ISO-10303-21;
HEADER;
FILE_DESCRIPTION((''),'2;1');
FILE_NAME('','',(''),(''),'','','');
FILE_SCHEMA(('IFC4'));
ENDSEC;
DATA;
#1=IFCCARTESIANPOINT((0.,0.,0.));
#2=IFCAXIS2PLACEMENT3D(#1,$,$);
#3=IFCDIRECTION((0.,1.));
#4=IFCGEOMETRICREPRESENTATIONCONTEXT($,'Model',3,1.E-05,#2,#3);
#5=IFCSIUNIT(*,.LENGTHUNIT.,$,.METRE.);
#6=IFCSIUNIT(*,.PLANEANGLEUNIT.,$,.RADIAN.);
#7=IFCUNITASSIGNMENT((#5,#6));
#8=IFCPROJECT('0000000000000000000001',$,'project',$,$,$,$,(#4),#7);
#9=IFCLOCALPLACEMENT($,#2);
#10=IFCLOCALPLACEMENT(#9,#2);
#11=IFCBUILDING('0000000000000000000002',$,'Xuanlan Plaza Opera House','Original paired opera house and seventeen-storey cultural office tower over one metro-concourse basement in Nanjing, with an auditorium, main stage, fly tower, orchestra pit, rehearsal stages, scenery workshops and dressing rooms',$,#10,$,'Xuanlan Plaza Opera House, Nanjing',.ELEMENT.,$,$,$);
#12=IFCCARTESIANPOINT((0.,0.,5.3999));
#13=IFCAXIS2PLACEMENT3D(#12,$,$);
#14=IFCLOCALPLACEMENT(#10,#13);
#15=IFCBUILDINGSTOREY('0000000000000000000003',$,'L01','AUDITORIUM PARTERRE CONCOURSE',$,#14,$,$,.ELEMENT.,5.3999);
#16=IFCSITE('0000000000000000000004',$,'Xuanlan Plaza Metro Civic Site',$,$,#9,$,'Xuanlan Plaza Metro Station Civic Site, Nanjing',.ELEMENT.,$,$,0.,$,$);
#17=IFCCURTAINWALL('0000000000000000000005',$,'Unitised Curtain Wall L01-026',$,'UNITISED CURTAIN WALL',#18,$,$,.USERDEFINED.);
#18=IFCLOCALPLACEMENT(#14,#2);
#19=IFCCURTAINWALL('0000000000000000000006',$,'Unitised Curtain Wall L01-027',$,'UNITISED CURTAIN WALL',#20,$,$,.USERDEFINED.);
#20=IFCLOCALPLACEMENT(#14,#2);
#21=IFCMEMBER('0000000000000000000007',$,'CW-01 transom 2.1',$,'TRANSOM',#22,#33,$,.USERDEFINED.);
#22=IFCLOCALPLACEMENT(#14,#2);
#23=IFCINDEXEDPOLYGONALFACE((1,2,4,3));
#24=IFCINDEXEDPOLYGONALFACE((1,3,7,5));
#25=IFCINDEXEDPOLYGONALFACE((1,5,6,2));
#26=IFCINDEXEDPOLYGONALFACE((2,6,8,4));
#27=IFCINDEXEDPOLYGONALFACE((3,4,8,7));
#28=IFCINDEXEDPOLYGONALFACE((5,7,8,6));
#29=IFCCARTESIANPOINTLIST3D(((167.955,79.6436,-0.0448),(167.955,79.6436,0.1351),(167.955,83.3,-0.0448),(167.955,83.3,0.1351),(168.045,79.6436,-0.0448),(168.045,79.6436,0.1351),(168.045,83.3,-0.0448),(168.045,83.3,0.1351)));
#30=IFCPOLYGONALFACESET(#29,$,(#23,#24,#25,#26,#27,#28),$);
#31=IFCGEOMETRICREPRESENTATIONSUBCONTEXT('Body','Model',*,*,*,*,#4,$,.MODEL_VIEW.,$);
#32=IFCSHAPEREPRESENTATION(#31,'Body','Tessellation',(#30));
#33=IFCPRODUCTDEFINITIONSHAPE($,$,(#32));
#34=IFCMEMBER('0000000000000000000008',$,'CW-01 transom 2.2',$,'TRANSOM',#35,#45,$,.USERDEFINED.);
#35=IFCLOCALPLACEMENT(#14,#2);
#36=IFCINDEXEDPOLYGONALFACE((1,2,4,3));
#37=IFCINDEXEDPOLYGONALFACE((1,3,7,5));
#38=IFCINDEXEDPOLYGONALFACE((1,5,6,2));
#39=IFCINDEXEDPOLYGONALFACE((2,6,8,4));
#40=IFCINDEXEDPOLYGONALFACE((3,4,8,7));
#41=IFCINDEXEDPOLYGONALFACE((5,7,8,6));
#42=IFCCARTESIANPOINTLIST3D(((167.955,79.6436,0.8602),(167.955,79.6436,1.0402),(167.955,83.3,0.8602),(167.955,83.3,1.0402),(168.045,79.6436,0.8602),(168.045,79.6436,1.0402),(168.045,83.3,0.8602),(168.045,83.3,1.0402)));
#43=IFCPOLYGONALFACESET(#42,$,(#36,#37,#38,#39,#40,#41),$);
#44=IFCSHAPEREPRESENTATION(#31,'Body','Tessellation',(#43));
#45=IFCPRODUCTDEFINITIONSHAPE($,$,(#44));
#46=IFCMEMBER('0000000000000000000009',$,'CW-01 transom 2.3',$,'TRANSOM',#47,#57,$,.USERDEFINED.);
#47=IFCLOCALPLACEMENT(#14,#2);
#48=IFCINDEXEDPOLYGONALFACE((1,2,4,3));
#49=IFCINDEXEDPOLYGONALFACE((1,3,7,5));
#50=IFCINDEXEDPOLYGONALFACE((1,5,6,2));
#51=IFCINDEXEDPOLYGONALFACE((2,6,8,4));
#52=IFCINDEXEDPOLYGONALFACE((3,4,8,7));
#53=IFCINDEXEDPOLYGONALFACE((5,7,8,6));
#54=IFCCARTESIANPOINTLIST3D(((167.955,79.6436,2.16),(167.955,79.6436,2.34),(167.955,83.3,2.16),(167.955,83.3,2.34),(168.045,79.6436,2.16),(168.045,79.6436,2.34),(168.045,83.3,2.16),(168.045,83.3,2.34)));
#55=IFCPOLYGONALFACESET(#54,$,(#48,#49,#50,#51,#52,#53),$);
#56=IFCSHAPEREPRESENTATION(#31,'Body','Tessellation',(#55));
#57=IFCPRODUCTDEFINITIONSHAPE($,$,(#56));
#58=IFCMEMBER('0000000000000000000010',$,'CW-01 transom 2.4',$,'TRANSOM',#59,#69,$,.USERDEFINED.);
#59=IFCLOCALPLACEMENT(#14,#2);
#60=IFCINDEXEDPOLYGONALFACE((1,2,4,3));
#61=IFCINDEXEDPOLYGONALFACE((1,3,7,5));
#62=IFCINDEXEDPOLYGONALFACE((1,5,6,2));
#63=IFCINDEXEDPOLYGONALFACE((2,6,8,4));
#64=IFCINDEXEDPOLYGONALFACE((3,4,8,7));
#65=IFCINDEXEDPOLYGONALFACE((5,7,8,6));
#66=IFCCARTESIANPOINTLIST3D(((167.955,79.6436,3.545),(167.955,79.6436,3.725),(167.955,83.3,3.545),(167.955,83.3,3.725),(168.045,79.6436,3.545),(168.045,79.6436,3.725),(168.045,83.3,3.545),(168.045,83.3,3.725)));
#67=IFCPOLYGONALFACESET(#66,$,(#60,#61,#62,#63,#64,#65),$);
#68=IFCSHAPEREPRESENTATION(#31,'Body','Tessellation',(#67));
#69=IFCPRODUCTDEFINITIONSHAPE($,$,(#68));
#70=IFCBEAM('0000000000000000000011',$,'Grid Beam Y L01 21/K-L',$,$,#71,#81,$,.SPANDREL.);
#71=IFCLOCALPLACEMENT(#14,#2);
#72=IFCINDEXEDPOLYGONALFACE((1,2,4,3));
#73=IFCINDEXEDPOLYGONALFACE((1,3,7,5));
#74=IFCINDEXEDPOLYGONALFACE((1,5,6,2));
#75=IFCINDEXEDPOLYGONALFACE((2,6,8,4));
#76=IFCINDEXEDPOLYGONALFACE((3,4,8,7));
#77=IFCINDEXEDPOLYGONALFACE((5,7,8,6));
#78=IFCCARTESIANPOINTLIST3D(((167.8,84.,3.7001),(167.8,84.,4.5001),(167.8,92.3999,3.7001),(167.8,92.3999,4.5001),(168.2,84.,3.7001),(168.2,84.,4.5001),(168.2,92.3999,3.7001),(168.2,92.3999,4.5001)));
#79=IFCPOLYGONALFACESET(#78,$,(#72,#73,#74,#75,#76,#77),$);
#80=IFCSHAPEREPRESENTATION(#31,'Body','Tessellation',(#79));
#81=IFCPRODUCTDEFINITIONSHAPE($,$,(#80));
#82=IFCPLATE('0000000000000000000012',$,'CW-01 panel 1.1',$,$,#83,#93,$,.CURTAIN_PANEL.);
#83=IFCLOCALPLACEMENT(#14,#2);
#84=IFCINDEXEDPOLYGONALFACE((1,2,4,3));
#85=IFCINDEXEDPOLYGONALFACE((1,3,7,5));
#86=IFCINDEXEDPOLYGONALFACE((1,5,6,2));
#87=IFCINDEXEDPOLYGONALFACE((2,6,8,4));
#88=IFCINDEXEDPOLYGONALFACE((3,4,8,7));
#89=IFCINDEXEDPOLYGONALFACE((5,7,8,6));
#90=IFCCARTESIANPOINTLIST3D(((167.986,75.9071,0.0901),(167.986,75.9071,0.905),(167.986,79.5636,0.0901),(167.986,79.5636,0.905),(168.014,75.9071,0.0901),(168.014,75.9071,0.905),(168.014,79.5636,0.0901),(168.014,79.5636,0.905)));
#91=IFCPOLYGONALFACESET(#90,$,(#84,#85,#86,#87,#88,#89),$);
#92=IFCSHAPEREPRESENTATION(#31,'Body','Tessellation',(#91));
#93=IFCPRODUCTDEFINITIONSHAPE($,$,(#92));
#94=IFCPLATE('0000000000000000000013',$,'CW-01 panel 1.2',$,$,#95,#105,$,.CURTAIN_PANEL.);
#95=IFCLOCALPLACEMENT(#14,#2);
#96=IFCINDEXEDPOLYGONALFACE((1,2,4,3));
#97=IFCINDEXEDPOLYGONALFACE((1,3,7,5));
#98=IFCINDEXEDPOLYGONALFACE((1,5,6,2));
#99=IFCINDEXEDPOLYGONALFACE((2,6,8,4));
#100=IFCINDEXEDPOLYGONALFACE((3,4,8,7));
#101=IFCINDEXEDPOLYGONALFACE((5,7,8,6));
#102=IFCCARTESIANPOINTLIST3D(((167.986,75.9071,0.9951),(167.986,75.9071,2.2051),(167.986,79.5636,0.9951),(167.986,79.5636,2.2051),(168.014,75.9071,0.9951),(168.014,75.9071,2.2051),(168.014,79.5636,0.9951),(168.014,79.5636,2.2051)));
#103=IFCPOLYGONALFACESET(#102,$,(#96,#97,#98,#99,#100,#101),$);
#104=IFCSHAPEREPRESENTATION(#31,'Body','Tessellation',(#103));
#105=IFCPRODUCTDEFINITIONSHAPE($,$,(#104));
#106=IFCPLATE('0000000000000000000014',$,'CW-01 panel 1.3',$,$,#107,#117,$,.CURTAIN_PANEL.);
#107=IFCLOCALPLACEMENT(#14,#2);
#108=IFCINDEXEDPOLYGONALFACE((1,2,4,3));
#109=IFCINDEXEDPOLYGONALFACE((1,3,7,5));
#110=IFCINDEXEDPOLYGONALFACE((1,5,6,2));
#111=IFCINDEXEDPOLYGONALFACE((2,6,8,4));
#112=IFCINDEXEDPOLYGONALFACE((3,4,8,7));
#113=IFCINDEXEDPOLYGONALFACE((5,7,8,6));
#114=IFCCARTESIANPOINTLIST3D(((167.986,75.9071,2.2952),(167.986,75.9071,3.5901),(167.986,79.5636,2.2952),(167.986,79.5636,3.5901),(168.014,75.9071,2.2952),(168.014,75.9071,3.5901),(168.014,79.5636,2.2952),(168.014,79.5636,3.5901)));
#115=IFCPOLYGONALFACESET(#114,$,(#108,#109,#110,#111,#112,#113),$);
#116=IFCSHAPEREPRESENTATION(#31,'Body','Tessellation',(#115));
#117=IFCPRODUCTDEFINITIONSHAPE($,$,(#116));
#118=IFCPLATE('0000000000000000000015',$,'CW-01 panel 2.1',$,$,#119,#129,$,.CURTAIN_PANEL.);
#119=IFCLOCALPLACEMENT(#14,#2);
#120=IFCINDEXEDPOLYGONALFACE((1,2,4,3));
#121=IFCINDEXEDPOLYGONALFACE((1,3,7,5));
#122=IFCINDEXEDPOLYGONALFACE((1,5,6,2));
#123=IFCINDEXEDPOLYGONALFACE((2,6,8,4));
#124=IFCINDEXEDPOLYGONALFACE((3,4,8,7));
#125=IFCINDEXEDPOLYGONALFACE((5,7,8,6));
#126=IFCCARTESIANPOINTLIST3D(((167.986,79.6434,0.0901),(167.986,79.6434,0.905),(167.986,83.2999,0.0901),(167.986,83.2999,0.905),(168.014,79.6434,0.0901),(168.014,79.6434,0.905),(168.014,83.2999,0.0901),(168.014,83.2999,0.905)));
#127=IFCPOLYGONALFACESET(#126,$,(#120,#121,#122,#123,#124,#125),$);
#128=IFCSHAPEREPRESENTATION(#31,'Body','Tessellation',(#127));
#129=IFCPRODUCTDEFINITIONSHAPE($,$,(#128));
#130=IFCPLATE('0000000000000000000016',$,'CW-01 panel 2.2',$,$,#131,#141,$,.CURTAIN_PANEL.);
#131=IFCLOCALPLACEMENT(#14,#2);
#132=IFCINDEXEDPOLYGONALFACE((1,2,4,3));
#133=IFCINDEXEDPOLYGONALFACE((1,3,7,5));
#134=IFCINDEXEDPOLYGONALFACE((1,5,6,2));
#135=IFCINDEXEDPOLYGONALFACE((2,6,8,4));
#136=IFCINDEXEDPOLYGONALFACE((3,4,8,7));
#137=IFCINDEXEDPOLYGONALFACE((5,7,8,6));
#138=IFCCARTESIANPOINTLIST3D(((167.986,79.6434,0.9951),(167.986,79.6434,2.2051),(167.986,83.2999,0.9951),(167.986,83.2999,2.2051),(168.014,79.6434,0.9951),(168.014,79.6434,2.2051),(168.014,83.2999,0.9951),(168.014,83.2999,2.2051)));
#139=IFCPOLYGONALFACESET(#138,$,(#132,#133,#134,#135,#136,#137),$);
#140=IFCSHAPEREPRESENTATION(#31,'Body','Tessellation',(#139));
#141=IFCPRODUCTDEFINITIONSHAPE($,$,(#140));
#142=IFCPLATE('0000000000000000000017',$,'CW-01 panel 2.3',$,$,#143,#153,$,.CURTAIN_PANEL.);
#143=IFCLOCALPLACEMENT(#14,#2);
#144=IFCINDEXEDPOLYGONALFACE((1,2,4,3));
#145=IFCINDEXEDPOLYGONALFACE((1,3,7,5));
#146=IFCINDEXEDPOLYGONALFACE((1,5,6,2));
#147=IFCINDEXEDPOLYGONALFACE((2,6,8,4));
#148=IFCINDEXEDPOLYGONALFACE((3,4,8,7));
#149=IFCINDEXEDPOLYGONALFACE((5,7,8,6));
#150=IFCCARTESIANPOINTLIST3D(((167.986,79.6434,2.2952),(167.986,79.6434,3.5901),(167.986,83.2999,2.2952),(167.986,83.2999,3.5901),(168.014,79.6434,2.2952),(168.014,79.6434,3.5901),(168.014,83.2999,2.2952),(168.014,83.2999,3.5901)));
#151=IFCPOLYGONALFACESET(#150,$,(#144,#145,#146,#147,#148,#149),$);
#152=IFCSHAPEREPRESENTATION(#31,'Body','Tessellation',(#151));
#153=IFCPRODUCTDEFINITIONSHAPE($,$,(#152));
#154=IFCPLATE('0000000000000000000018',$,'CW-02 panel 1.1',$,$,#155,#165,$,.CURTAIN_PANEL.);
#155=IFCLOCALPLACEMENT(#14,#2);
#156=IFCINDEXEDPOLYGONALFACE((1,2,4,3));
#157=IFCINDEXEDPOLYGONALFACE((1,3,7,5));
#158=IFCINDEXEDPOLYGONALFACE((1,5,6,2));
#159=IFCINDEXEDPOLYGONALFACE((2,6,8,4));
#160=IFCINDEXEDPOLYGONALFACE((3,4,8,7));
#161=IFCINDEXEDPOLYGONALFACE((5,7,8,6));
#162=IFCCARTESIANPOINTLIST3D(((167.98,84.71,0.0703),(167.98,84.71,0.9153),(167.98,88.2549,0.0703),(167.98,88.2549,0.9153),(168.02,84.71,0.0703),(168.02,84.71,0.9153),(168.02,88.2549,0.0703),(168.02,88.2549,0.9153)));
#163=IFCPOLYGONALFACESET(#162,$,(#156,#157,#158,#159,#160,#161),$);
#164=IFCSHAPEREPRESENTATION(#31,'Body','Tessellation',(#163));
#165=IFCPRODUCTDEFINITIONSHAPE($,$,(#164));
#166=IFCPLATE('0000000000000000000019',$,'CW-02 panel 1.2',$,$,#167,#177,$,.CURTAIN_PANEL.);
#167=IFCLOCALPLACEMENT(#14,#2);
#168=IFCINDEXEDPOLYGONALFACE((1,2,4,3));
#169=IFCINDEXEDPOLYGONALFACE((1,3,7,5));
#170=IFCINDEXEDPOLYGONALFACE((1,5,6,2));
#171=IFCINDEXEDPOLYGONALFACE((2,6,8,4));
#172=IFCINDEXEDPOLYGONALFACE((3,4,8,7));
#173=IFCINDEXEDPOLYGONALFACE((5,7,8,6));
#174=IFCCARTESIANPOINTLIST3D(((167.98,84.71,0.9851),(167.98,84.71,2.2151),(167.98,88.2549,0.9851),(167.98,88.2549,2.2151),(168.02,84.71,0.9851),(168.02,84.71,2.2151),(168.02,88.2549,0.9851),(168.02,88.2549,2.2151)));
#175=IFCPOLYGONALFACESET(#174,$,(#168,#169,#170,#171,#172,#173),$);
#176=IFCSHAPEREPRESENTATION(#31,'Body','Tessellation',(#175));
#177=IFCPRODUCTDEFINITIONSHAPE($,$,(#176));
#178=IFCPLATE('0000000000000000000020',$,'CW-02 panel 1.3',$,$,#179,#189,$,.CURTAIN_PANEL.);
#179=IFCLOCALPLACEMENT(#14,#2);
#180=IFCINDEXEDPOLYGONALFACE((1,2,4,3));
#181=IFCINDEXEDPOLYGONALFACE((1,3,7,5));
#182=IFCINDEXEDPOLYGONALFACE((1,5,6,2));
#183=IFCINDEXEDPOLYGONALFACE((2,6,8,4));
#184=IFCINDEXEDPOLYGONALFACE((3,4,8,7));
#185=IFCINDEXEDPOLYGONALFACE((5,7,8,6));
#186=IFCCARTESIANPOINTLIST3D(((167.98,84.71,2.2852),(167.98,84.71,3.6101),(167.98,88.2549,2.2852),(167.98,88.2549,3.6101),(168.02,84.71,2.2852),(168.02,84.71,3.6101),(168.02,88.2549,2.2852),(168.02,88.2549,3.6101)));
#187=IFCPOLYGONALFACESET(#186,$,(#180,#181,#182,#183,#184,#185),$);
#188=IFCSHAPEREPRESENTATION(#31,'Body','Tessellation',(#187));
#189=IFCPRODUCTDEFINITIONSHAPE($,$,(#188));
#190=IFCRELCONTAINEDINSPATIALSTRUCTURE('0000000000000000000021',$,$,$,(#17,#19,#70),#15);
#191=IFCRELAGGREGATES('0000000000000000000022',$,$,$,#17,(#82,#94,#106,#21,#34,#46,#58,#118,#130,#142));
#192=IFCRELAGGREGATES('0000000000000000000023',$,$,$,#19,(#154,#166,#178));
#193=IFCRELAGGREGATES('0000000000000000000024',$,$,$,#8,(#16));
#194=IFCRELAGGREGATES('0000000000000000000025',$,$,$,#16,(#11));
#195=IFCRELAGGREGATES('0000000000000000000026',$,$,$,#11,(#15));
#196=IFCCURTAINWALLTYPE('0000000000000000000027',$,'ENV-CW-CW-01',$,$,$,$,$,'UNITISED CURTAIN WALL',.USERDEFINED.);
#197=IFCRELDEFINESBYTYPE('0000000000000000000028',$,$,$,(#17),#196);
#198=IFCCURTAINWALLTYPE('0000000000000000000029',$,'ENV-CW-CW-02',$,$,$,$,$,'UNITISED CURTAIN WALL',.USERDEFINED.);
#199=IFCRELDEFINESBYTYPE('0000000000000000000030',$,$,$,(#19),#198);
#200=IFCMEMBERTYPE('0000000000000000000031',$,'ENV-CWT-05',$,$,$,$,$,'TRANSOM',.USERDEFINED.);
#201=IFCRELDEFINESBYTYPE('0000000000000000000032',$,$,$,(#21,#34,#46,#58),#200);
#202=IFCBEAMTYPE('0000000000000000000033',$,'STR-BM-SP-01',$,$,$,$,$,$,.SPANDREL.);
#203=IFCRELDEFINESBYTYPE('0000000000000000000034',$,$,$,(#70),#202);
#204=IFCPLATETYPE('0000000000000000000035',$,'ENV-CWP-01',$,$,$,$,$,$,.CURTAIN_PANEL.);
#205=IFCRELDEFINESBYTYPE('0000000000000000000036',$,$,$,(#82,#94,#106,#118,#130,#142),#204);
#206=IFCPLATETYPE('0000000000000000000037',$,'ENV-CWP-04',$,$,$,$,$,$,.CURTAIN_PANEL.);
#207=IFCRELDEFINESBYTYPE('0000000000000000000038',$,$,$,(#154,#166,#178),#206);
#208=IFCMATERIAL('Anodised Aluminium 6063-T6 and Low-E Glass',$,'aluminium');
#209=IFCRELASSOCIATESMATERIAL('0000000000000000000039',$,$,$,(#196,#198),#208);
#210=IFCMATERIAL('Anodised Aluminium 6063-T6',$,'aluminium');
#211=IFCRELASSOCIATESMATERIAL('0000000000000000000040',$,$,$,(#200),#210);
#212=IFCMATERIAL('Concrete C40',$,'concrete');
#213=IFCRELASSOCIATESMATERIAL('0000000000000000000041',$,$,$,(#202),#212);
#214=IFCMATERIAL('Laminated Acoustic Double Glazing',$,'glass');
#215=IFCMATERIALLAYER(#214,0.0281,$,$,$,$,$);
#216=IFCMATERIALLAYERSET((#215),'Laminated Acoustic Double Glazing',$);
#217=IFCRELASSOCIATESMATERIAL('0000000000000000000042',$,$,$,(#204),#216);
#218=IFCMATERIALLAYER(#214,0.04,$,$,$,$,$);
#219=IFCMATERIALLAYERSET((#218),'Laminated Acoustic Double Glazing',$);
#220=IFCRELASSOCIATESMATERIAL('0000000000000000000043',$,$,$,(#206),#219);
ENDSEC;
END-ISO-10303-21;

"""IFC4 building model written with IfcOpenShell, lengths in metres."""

from ifc_helpers import new_model, si_unit, direction, frame, origin, origin_2d, place, context, subcontext, project, spatial, rectangle, extrude, material, layer, layer_set, material_profile, profile_set, type_object, element, aggregate, save


model = new_model("IFC4")

# Units and contexts
model_context = context("Model", 3, precision=1e-05, world=origin(), true_north=direction((0.0, 1.0)))
body_context = subcontext(model_context, "Body", "Model", "MODEL_VIEW")
ifc_project = project(units=[si_unit("LENGTHUNIT", "METRE"), si_unit("PLANEANGLEUNIT", "RADIAN")], contexts=[model_context])

# Site, building, storey
site_placement = place(None, origin())
site = spatial("IfcSite", under=ifc_project, at=site_placement, Name="Xuanlan Plaza Metro Civic Site", LongName="Xuanlan Plaza Metro Station Civic Site, Nanjing", CompositionType="ELEMENT", RefElevation=0.0)
building_placement = place(site_placement, origin())
building = spatial("IfcBuilding", under=site, at=building_placement, Name="Xuanlan Plaza Opera House", Description="Original paired opera house and seventeen-storey cultural office tower over one metro-concourse basement in Nanjing, with an auditorium, main stage, fly tower, orchestra pit, rehearsal stages, scenery workshops and dressing rooms", LongName="Xuanlan Plaza Opera House, Nanjing", CompositionType="ELEMENT")
storey_placement = place(building_placement, frame((0.0, 0.0, 5.3999)))
storey = spatial("IfcBuildingStorey", under=building, at=storey_placement, Name="L01", Description="AUDITORIUM PARTERRE CONCOURSE", CompositionType="ELEMENT", Elevation=5.3999)

# Curtain walls
ifc_material_1 = material(Name="Anodised Aluminium 6063-T6 and Low-E Glass", Category="aluminium")
curtain_wall_type_1 = type_object("IfcCurtainWallType", Name="ENV-CW-CW-01", ElementType="UNITISED CURTAIN WALL", PredefinedType="USERDEFINED", material=ifc_material_1)
curtain_wall_1_placement = place(storey_placement, origin())
curtain_wall_1 = element("IfcCurtainWall", 1, at=curtain_wall_1_placement, inside=storey, type_object=curtain_wall_type_1, Name="Unitised Curtain Wall L01-026", ObjectType="UNITISED CURTAIN WALL", PredefinedType="USERDEFINED")
ifc_material_2 = material(Name="Anodised Aluminium 6063-T6", Category="aluminium")
curtain_wall_type_2 = type_object("IfcCurtainWallType", Name="ENV-CW-CW-02", ElementType="UNITISED CURTAIN WALL", PredefinedType="USERDEFINED", material=ifc_material_1)
curtain_wall_2_placement = place(storey_placement, origin())
curtain_wall_2 = element("IfcCurtainWall", 2, at=curtain_wall_2_placement, inside=storey, type_object=curtain_wall_type_2, Name="Unitised Curtain Wall L01-027", ObjectType="UNITISED CURTAIN WALL", PredefinedType="USERDEFINED")

# Members
ifc_material_profile_1 = material_profile(ifc_material_2, rectangle(XDim=0.0901, YDim=0.1799, at=origin_2d()), Name="ALU-T 90x180")
ifc_profile_set_1 = profile_set([ifc_material_profile_1], Name="Anodised Aluminium 6063-T6")
member_type_1 = type_object("IfcMemberType", Name="ENV-CWT-05", ElementType="TRANSOM", PredefinedType="USERDEFINED", material=ifc_profile_set_1)
member_1_placement = place(storey_placement, frame((168.0, 79.6436, 0.0452), z_axis=(0.0, 1.0, 0.0), x_axis=(-1.0, 0.0, 0.0)))
member_1 = element("IfcMember", 3, at=member_1_placement, type_object=member_type_1, Name="CW-01 transom 2.1", ObjectType="TRANSOM", PredefinedType="USERDEFINED", context=body_context, shape_type="SweptSolid", body=[
    extrude(rectangle(XDim=0.0901, YDim=0.1799, at=origin_2d()), origin(), (0.0, 0.0, 1.0), 3.6565),
])
member_2_placement = place(storey_placement, frame((168.0, 79.6436, 0.9502), z_axis=(0.0, 1.0, 0.0), x_axis=(-1.0, 0.0, 0.0)))
member_2 = element("IfcMember", 4, at=member_2_placement, type_object=member_type_1, Name="CW-01 transom 2.2", ObjectType="TRANSOM", PredefinedType="USERDEFINED", context=body_context, shape_type="SweptSolid", body=[
    extrude(rectangle(XDim=0.0901, YDim=0.1799, at=origin_2d()), origin(), (0.0, 0.0, 1.0), 3.6565),
])
member_3_placement = place(storey_placement, frame((168.0, 79.6436, 2.25), z_axis=(0.0, 1.0, 0.0), x_axis=(-1.0, 0.0, 0.0)))
member_3 = element("IfcMember", 5, at=member_3_placement, type_object=member_type_1, Name="CW-01 transom 2.3", ObjectType="TRANSOM", PredefinedType="USERDEFINED", context=body_context, shape_type="SweptSolid", body=[
    extrude(rectangle(XDim=0.0901, YDim=0.1799, at=origin_2d()), origin(), (0.0, 0.0, 1.0), 3.6565),
])
member_4_placement = place(storey_placement, frame((168.0, 79.6436, 3.635), z_axis=(0.0, 1.0, 0.0), x_axis=(-1.0, 0.0, 0.0)))
member_4 = element("IfcMember", 6, at=member_4_placement, type_object=member_type_1, Name="CW-01 transom 2.4", ObjectType="TRANSOM", PredefinedType="USERDEFINED", context=body_context, shape_type="SweptSolid", body=[
    extrude(rectangle(XDim=0.0901, YDim=0.1799, at=origin_2d()), origin(), (0.0, 0.0, 1.0), 3.6565),
])

# Beam
ifc_material_3 = material(Name="Concrete C40", Category="concrete")
ifc_material_profile_2 = material_profile(ifc_material_3, rectangle(XDim=0.3999, YDim=0.8, at=origin_2d()), Name="RC-SPD 400x800")
ifc_profile_set_2 = profile_set([ifc_material_profile_2], Name="Concrete C40")
beam_type = type_object("IfcBeamType", Name="STR-BM-SP-01", PredefinedType="SPANDREL", material=ifc_profile_set_2)
beam_placement = place(storey_placement, frame((168.0, 84.0, 4.1001), z_axis=(0.0, 1.0, 0.0), x_axis=(-1.0, 0.0, 0.0)))
element("IfcBeam", 7, at=beam_placement, inside=storey, type_object=beam_type, Name="Grid Beam Y L01 21/K-L", PredefinedType="SPANDREL", context=body_context, shape_type="SweptSolid", body=[
    extrude(rectangle(XDim=0.3999, YDim=0.8, at=origin_2d()), origin(), (0.0, 0.0, 1.0), 8.3999),
])

# Plates
ifc_material_4 = material(Name="Laminated Acoustic Double Glazing", Category="glass")
ifc_layer_1 = layer(ifc_material_4, 0.0281)
ifc_layer_set_1 = layer_set([ifc_layer_1], Name="Laminated Acoustic Double Glazing")
plate_type_1 = type_object("IfcPlateType", Name="ENV-CWP-01", PredefinedType="CURTAIN_PANEL", material=ifc_layer_set_1)
plate_1_placement = place(storey_placement, frame((168.0, 77.7354, 0.0901), z_axis=(0.0, 0.0, 1.0), x_axis=(0.0, 1.0, 0.0)))
plate_1 = element("IfcPlate", 8, at=plate_1_placement, type_object=plate_type_1, Name="CW-01 panel 1.1", PredefinedType="CURTAIN_PANEL", context=body_context, shape_type="SweptSolid", body=[
    extrude(rectangle(XDim=3.6565, YDim=0.0281, at=origin_2d()), origin(), (0.0, 0.0, 1.0), 0.8149),
])
plate_2_placement = place(storey_placement, frame((168.0, 77.7354, 0.9951), z_axis=(0.0, 0.0, 1.0), x_axis=(0.0, 1.0, 0.0)))
plate_2 = element("IfcPlate", 9, at=plate_2_placement, type_object=plate_type_1, Name="CW-01 panel 1.2", PredefinedType="CURTAIN_PANEL", context=body_context, shape_type="SweptSolid", body=[
    extrude(rectangle(XDim=3.6565, YDim=0.0281, at=origin_2d()), origin(), (0.0, 0.0, 1.0), 1.21),
])
plate_3_placement = place(storey_placement, frame((168.0, 77.7354, 2.2952), z_axis=(0.0, 0.0, 1.0), x_axis=(0.0, 1.0, 0.0)))
plate_3 = element("IfcPlate", 10, at=plate_3_placement, type_object=plate_type_1, Name="CW-01 panel 1.3", PredefinedType="CURTAIN_PANEL", context=body_context, shape_type="SweptSolid", body=[
    extrude(rectangle(XDim=3.6565, YDim=0.0281, at=origin_2d()), origin(), (0.0, 0.0, 1.0), 1.2949),
])
plate_4_placement = place(storey_placement, frame((168.0, 81.4717, 0.0901), z_axis=(0.0, 0.0, 1.0), x_axis=(0.0, 1.0, 0.0)))
plate_4 = element("IfcPlate", 11, at=plate_4_placement, type_object=plate_type_1, Name="CW-01 panel 2.1", PredefinedType="CURTAIN_PANEL", context=body_context, shape_type="SweptSolid", body=[
    extrude(rectangle(XDim=3.6565, YDim=0.0281, at=origin_2d()), origin(), (0.0, 0.0, 1.0), 0.8149),
])
plate_5_placement = place(storey_placement, frame((168.0, 81.4717, 0.9951), z_axis=(0.0, 0.0, 1.0), x_axis=(0.0, 1.0, 0.0)))
plate_5 = element("IfcPlate", 12, at=plate_5_placement, type_object=plate_type_1, Name="CW-01 panel 2.2", PredefinedType="CURTAIN_PANEL", context=body_context, shape_type="SweptSolid", body=[
    extrude(rectangle(XDim=3.6565, YDim=0.0281, at=origin_2d()), origin(), (0.0, 0.0, 1.0), 1.21),
])
plate_6_placement = place(storey_placement, frame((168.0, 81.4717, 2.2952), z_axis=(0.0, 0.0, 1.0), x_axis=(0.0, 1.0, 0.0)))
plate_6 = element("IfcPlate", 13, at=plate_6_placement, type_object=plate_type_1, Name="CW-01 panel 2.3", PredefinedType="CURTAIN_PANEL", context=body_context, shape_type="SweptSolid", body=[
    extrude(rectangle(XDim=3.6565, YDim=0.0281, at=origin_2d()), origin(), (0.0, 0.0, 1.0), 1.2949),
])
aggregate(curtain_wall_1, [plate_1, plate_2, plate_3, member_1, member_2, member_3, member_4, plate_4, plate_5, plate_6])
ifc_layer_2 = layer(ifc_material_4, 0.04)
ifc_layer_set_2 = layer_set([ifc_layer_2], Name="Laminated Acoustic Double Glazing")
plate_type_2 = type_object("IfcPlateType", Name="ENV-CWP-04", PredefinedType="CURTAIN_PANEL", material=ifc_layer_set_2)
plate_7_placement = place(storey_placement, frame((168.0, 86.4824, 0.0703), z_axis=(0.0, 0.0, 1.0), x_axis=(0.0, 1.0, 0.0)))
plate_7 = element("IfcPlate", 14, at=plate_7_placement, type_object=plate_type_2, Name="CW-02 panel 1.1", PredefinedType="CURTAIN_PANEL", context=body_context, shape_type="SweptSolid", body=[
    extrude(rectangle(XDim=3.5449, YDim=0.04, at=origin_2d()), origin(), (0.0, 0.0, 1.0), 0.845),
])
plate_8_placement = place(storey_placement, frame((168.0, 86.4824, 0.9851), z_axis=(0.0, 0.0, 1.0), x_axis=(0.0, 1.0, 0.0)))
plate_8 = element("IfcPlate", 15, at=plate_8_placement, type_object=plate_type_2, Name="CW-02 panel 1.2", PredefinedType="CURTAIN_PANEL", context=body_context, shape_type="SweptSolid", body=[
    extrude(rectangle(XDim=3.5449, YDim=0.04, at=origin_2d()), origin(), (0.0, 0.0, 1.0), 1.23),
])
plate_9_placement = place(storey_placement, frame((168.0, 86.4824, 2.2852), z_axis=(0.0, 0.0, 1.0), x_axis=(0.0, 1.0, 0.0)))
plate_9 = element("IfcPlate", 16, at=plate_9_placement, type_object=plate_type_2, Name="CW-02 panel 1.3", PredefinedType="CURTAIN_PANEL", context=body_context, shape_type="SweptSolid", body=[
    extrude(rectangle(XDim=3.5449, YDim=0.04, at=origin_2d()), origin(), (0.0, 0.0, 1.0), 1.325),
])
aggregate(curtain_wall_2, [plate_7, plate_8, plate_9])

save(model, "model.ifc")
